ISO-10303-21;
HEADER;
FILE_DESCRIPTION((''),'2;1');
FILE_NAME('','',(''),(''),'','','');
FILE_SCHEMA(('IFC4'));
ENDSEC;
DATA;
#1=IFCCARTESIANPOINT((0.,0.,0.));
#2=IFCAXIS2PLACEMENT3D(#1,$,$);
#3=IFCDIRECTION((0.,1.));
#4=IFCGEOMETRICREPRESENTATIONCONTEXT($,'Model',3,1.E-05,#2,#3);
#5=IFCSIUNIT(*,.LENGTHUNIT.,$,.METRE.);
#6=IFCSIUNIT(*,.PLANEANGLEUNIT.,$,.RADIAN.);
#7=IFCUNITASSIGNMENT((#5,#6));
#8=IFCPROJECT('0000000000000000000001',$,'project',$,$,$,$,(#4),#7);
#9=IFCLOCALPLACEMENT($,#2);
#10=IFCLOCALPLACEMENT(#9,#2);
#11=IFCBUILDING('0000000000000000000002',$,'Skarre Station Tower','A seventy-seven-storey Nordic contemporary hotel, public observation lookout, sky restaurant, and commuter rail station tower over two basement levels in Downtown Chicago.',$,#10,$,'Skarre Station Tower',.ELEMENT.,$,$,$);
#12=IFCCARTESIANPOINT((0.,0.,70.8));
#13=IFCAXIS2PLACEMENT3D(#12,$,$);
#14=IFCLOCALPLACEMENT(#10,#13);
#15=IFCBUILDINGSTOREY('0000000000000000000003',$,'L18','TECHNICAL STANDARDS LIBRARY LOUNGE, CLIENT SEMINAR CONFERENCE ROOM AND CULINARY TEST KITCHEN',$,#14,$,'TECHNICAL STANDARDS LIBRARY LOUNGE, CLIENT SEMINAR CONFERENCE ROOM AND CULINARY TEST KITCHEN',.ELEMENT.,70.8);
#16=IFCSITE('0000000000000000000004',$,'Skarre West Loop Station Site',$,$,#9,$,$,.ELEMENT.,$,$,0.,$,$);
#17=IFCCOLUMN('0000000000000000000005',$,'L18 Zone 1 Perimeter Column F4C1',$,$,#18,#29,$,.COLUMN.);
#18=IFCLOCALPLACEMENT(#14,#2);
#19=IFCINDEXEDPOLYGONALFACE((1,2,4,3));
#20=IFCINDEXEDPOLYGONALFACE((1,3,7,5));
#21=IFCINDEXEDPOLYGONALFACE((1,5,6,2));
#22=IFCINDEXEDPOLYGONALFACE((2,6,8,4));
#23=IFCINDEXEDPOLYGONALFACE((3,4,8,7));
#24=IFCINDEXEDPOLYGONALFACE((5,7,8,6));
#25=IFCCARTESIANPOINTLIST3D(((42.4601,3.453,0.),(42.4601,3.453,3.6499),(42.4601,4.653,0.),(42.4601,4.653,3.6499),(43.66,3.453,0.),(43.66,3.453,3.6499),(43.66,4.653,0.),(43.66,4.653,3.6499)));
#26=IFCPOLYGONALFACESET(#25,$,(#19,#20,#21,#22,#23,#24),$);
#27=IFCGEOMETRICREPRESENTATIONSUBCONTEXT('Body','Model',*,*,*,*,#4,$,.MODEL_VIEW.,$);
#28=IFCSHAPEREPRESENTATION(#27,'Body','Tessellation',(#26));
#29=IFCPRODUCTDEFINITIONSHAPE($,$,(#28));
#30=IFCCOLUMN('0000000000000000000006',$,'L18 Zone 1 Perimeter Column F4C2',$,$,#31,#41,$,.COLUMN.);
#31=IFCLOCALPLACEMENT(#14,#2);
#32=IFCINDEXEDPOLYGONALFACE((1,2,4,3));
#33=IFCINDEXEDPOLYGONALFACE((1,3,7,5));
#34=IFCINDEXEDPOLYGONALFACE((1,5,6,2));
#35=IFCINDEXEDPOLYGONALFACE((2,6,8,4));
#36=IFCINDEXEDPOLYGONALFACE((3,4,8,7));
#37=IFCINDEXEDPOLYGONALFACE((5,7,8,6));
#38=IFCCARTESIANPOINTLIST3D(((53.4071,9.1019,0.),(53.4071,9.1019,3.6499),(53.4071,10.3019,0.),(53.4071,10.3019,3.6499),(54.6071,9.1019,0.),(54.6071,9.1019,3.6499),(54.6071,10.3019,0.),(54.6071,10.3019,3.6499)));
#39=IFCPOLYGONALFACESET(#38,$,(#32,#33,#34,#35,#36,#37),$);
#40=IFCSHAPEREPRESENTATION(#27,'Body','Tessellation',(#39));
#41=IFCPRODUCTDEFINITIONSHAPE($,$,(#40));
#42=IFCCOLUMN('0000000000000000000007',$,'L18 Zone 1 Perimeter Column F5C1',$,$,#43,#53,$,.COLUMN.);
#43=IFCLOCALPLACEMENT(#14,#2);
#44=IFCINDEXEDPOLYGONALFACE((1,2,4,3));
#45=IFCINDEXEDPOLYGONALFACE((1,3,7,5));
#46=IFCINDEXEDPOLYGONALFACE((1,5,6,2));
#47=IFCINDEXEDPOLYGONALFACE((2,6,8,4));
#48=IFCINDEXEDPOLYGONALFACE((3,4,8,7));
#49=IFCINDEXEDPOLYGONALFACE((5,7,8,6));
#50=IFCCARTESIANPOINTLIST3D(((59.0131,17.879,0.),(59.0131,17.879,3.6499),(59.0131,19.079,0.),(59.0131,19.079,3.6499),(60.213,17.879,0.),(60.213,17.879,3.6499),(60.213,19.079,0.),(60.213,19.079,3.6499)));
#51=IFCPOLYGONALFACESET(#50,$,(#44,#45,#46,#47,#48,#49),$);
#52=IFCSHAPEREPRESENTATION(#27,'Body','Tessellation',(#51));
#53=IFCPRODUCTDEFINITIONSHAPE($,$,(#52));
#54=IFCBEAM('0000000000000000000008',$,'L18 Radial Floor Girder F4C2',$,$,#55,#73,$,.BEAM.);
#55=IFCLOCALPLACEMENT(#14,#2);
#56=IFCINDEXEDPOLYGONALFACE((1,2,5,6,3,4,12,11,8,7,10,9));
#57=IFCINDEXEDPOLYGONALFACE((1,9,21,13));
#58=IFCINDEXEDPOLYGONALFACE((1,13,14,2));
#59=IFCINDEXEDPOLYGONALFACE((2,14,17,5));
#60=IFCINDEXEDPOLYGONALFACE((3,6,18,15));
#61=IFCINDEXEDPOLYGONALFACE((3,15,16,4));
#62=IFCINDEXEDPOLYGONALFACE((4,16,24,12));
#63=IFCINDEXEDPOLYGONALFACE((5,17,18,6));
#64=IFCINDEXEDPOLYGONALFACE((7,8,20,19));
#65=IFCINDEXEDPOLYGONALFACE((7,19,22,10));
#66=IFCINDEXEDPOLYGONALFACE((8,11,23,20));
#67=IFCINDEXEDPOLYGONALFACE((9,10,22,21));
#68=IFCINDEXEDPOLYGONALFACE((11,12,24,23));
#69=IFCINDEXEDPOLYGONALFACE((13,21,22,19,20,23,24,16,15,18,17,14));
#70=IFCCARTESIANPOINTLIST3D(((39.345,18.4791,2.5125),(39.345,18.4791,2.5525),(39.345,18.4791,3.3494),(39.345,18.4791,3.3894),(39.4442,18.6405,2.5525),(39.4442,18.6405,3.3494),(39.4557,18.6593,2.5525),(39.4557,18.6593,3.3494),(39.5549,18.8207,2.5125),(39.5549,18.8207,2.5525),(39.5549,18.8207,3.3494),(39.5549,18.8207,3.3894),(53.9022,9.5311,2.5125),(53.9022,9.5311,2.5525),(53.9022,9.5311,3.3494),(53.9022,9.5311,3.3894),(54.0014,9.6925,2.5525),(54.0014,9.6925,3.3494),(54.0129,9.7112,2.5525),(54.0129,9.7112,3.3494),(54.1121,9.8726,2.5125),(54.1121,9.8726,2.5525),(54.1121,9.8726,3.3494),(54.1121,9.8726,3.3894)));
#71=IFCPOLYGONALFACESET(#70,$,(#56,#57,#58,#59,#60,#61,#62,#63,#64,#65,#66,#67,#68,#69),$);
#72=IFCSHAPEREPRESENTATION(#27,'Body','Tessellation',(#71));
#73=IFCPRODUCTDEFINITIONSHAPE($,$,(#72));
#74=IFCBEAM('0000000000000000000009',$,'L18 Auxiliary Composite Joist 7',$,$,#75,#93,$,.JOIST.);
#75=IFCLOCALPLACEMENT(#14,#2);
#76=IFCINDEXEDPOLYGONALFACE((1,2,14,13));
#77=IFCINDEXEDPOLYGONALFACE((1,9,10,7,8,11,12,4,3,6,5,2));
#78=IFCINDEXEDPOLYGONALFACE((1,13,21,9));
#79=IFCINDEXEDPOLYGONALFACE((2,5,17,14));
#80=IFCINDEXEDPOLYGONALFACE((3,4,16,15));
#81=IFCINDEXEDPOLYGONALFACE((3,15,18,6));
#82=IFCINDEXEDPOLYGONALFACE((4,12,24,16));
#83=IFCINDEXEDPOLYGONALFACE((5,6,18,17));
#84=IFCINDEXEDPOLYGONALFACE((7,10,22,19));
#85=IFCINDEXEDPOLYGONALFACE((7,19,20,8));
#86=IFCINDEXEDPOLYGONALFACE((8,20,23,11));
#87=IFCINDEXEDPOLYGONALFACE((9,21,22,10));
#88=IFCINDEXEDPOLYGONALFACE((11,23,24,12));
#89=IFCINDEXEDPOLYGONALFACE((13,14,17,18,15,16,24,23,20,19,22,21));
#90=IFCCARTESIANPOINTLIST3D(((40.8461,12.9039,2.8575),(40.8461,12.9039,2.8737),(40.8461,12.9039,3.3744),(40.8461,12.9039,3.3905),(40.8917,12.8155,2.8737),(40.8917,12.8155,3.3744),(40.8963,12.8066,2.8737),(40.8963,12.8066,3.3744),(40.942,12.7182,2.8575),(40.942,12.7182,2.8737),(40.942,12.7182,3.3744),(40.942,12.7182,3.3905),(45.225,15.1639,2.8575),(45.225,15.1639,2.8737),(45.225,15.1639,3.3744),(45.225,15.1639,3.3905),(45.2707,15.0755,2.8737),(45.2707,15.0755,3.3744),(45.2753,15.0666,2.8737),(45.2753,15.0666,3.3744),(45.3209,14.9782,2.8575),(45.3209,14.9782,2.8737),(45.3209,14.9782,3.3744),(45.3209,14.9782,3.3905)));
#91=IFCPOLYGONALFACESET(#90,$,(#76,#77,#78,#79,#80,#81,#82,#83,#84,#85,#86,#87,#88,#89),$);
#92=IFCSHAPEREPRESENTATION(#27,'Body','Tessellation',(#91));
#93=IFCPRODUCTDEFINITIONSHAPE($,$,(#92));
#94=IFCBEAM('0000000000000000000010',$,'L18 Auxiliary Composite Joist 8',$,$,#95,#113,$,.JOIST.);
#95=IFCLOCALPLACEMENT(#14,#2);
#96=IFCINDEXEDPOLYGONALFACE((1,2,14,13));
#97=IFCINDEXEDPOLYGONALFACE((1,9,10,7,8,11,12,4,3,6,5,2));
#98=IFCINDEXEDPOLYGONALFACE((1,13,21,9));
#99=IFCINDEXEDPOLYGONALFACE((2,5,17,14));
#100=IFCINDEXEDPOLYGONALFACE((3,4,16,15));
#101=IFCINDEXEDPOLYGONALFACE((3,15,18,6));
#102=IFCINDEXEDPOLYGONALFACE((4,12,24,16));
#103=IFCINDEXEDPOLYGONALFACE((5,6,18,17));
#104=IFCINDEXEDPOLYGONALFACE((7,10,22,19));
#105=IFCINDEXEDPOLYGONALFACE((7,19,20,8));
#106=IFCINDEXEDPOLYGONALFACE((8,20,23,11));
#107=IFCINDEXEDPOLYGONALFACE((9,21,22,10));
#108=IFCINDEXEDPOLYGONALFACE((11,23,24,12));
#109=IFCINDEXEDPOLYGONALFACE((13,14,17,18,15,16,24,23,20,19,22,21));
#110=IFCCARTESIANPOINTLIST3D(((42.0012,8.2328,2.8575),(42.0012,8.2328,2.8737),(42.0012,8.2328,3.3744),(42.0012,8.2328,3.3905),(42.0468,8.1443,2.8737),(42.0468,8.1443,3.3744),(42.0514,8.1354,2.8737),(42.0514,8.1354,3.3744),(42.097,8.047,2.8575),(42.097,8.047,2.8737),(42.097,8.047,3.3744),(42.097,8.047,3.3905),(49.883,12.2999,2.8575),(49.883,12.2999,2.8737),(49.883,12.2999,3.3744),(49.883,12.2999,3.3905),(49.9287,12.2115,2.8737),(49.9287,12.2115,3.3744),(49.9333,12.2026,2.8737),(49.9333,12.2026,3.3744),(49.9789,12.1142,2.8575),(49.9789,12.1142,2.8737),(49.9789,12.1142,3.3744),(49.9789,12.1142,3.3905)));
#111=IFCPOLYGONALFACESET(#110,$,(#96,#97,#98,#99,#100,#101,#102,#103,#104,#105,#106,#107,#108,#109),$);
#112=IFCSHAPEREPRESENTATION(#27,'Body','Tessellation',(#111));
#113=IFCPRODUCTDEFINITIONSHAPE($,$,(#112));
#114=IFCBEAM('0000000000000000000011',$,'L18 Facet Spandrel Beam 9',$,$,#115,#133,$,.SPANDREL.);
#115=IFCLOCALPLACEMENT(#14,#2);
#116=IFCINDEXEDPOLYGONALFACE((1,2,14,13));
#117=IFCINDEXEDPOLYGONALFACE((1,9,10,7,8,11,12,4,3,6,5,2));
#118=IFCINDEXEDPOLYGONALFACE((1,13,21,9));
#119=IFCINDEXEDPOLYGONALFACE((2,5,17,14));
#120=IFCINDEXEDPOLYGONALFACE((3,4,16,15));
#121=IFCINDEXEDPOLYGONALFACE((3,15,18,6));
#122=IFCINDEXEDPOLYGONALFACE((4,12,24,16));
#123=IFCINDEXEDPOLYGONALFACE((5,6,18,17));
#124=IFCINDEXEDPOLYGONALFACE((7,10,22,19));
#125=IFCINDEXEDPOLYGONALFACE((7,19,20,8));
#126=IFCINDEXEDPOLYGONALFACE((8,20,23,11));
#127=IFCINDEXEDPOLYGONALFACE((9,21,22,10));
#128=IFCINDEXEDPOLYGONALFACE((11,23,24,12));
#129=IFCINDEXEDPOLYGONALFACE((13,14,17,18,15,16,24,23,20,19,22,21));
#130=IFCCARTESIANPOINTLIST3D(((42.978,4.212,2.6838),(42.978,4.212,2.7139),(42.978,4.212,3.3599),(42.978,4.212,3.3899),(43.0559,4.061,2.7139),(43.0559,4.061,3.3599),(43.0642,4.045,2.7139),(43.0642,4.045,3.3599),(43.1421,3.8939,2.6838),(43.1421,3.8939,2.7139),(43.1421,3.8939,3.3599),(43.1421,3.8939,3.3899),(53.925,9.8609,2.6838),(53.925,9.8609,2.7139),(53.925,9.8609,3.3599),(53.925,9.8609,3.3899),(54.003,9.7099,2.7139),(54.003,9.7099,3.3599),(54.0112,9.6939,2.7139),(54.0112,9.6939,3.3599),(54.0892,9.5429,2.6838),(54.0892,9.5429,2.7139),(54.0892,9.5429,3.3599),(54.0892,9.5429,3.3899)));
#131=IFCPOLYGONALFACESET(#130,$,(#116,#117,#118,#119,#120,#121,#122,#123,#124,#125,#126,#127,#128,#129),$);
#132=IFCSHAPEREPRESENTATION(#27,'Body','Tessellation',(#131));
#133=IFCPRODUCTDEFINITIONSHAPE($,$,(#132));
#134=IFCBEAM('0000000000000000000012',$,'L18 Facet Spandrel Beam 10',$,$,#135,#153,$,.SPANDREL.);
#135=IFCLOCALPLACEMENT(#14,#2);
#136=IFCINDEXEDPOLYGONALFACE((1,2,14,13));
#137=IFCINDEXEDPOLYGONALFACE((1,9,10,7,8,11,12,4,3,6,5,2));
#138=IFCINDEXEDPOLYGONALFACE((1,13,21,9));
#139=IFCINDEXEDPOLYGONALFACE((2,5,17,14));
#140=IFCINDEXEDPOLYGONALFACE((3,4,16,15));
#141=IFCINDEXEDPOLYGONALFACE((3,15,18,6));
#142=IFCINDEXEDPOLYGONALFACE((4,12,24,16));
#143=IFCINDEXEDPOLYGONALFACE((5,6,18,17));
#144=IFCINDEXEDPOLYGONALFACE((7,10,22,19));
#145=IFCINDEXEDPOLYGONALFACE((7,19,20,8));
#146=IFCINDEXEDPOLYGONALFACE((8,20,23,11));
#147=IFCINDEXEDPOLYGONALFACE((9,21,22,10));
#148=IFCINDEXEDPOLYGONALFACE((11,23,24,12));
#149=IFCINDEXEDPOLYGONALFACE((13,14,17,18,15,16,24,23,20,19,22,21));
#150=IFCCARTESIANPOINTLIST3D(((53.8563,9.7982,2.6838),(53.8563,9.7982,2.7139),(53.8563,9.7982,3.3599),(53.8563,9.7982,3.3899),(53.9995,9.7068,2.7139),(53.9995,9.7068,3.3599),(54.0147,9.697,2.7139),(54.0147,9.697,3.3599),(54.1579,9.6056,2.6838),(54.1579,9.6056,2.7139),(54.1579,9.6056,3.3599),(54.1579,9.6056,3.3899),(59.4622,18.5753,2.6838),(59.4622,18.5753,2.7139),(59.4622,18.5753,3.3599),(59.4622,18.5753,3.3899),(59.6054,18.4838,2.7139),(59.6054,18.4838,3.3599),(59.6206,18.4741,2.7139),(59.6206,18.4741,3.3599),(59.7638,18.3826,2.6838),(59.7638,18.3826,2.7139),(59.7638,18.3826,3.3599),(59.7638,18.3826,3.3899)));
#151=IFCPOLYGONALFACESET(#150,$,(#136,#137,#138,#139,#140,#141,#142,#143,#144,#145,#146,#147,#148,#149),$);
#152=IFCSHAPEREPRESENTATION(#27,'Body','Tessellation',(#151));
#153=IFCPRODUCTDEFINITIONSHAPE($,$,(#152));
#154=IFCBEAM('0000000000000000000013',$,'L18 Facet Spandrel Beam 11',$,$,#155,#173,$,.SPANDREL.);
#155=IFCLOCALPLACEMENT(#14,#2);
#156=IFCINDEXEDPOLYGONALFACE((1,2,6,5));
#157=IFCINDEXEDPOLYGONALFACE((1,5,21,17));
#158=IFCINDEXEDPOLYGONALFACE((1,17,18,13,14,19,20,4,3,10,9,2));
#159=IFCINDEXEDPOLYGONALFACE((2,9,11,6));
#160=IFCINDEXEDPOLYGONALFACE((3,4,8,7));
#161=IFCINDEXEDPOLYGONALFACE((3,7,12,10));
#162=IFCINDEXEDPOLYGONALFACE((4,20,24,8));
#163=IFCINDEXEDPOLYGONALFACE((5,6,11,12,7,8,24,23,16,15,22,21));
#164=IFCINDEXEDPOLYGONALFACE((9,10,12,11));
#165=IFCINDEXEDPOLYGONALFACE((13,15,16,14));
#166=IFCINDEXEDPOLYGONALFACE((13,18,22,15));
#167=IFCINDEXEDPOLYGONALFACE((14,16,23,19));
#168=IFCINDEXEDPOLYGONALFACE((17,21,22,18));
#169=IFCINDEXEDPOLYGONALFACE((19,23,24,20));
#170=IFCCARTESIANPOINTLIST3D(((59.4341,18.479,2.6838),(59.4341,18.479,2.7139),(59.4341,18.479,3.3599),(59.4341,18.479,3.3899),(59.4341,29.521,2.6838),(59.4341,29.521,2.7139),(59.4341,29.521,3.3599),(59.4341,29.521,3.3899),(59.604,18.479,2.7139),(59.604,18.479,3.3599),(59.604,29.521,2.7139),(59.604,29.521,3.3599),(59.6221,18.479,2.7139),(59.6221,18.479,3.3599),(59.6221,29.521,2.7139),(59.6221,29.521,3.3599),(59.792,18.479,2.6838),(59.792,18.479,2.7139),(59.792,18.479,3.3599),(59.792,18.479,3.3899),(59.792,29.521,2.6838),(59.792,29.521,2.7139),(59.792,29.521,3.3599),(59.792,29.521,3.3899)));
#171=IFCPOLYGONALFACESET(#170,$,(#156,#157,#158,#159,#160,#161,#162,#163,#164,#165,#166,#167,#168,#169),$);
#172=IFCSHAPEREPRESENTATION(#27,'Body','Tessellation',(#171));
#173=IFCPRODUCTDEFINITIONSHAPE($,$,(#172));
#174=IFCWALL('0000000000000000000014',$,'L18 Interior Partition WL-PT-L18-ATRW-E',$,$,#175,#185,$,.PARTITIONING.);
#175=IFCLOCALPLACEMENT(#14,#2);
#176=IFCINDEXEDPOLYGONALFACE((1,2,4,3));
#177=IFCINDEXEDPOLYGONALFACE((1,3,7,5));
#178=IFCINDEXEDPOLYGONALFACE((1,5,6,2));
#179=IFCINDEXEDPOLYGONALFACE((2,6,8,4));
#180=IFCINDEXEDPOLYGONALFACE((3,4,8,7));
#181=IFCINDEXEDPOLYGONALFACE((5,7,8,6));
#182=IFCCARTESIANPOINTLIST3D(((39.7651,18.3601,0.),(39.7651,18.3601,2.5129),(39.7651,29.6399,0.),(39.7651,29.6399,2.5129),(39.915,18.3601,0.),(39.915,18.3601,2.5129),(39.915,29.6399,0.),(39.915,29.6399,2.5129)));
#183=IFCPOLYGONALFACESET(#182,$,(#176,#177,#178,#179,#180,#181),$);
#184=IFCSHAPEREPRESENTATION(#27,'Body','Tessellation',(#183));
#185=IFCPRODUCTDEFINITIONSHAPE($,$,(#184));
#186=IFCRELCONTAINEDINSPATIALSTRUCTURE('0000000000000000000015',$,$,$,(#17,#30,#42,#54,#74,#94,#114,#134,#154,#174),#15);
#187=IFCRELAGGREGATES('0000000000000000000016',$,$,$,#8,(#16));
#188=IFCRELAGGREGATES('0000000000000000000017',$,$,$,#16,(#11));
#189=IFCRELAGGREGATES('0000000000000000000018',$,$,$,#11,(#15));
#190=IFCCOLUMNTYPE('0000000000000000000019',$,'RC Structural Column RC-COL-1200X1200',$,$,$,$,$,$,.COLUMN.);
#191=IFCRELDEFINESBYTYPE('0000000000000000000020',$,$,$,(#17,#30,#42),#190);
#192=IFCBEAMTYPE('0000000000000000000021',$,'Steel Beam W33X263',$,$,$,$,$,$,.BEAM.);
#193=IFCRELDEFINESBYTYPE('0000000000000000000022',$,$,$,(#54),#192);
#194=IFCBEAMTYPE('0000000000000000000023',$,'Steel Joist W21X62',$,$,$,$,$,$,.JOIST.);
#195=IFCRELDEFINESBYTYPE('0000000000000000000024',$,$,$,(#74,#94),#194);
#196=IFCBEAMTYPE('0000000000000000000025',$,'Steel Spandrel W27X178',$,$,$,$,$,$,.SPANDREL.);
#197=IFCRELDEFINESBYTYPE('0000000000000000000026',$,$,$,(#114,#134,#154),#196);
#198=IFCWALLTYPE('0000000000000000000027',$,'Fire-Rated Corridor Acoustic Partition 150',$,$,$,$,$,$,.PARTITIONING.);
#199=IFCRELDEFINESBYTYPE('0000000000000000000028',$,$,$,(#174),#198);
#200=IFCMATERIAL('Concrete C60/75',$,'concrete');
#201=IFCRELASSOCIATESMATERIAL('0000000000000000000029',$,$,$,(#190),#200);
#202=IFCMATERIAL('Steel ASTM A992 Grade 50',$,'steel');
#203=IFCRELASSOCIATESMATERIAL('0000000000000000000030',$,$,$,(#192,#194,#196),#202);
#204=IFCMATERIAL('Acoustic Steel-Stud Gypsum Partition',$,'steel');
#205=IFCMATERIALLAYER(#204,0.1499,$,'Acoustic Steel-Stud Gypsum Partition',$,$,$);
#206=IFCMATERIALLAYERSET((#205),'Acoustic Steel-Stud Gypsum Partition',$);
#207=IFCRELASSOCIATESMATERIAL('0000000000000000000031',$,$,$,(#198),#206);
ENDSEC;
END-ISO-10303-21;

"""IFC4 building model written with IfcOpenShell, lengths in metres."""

from ifc_helpers import new_model, si_unit, direction, frame, frame_2d, origin, origin_2d, place, context, subcontext, project, spatial, rectangle, i_section, extrude, material, layer, layer_set, material_profile, profile_set, type_object, element, save


model = new_model("IFC4")

# Units and contexts
model_context = context("Model", 3, precision=1e-05, world=origin(), true_north=direction((0.0, 1.0)))
body_context = subcontext(model_context, "Body", "Model", "MODEL_VIEW")
ifc_project = project(units=[si_unit("LENGTHUNIT", "METRE"), si_unit("PLANEANGLEUNIT", "RADIAN")], contexts=[model_context])

# Site, building, storey
site_placement = place(None, origin())
site = spatial("IfcSite", under=ifc_project, at=site_placement, Name="Skarre West Loop Station Site", CompositionType="ELEMENT", RefElevation=0.0)
building_placement = place(site_placement, origin())
building = spatial("IfcBuilding", under=site, at=building_placement, Name="Skarre Station Tower", Description="A seventy-seven-storey Nordic contemporary hotel, public observation lookout, sky restaurant, and commuter rail station tower over two basement levels in Downtown Chicago.", LongName="Skarre Station Tower", CompositionType="ELEMENT")
storey_placement = place(building_placement, frame((0.0, 0.0, 70.8)))
storey = spatial("IfcBuildingStorey", under=building, at=storey_placement, Name="L18", Description="TECHNICAL STANDARDS LIBRARY LOUNGE, CLIENT SEMINAR CONFERENCE ROOM AND CULINARY TEST KITCHEN", LongName="TECHNICAL STANDARDS LIBRARY LOUNGE, CLIENT SEMINAR CONFERENCE ROOM AND CULINARY TEST KITCHEN", CompositionType="ELEMENT", Elevation=70.8)

# Columns
ifc_material_1 = material(Name="Concrete C60/75", Category="concrete")
ifc_material_profile_1 = material_profile(ifc_material_1, rectangle(XDim=1.2, YDim=1.2, at=origin_2d()), Name="Concrete C60/75")
ifc_profile_set_1 = profile_set([ifc_material_profile_1], Name="Concrete C60/75")
column_type = type_object("IfcColumnType", Name="RC Structural Column RC-COL-1200X1200", PredefinedType="COLUMN", material=ifc_profile_set_1)
for number, where, z_axis, x_axis, name in (
    (1, (43.0601, 4.053, 0.0), (0.0, 0.0, 1.0), (1.0, 0.0, 0.0), "L18 Zone 1 Perimeter Column F4C1"),
    (2, (54.0071, 9.7019, 0.0), (0.0, 0.0, 1.0), (1.0, 0.0, 0.0), "L18 Zone 1 Perimeter Column F4C2"),
    (3, (59.613, 18.479, 0.0), (0.0, 0.0, 1.0), (1.0, 0.0, 0.0), "L18 Zone 1 Perimeter Column F5C1"),
):
    element("IfcColumn", number, at=place(storey_placement, frame(where, z_axis=z_axis, x_axis=x_axis)), inside=storey, type_object=column_type, Name=name, PredefinedType="COLUMN", context=body_context, shape_type="SweptSolid", body=[
        extrude(rectangle(XDim=1.2, YDim=1.2, at=origin_2d()), origin(), (0.0, 0.0, 1.0), 3.6499),
    ])

# Beams
ifc_material_2 = material(Name="Steel ASTM A992 Grade 50", Category="steel")
ifc_material_profile_2 = material_profile(ifc_material_2, i_section(OverallWidth=0.4009, OverallDepth=0.877, WebThickness=0.022, FlangeThickness=0.04, at=origin_2d()), Name="Steel ASTM A992 Grade 50")
ifc_profile_set_2 = profile_set([ifc_material_profile_2], Name="Steel ASTM A992 Grade 50")
beam_type_1 = type_object("IfcBeamType", Name="Steel Beam W33X263", PredefinedType="BEAM", material=ifc_profile_set_2)
beam_1_placement = place(storey_placement, frame((39.45, 18.6499, 2.9509), z_axis=(0.851926, -0.523663, 0.0), x_axis=(0.523663, 0.851926, 0.0)))
element("IfcBeam", 4, at=beam_1_placement, inside=storey, type_object=beam_type_1, Name="L18 Radial Floor Girder F4C2", PredefinedType="BEAM", context=body_context, shape_type="SweptSolid", body=[
    extrude(i_section(OverallWidth=0.4009, OverallDepth=0.877, WebThickness=0.022, FlangeThickness=0.04, at=origin_2d()), origin(), (0.0, 0.0, 1.0), 17.0874),
])
ifc_material_profile_3 = material_profile(ifc_material_2, i_section(OverallWidth=0.209, OverallDepth=0.533, WebThickness=0.01, FlangeThickness=0.0161, at=origin_2d()), Name="Steel ASTM A992 Grade 50")
ifc_profile_set_3 = profile_set([ifc_material_profile_3], Name="Steel ASTM A992 Grade 50")
beam_type_2 = type_object("IfcBeamType", Name="Steel Joist W21X62", PredefinedType="JOIST", material=ifc_profile_set_3)
beam_2_placement = place(storey_placement, frame((40.894, 12.811, 3.124), z_axis=(0.888627, 0.458632, 0.0), x_axis=(-0.458632, 0.888627, 0.0)))
element("IfcBeam", 5, at=beam_2_placement, inside=storey, type_object=beam_type_2, Name="L18 Auxiliary Composite Joist 7", PredefinedType="JOIST", context=body_context, shape_type="SweptSolid", body=[
    extrude(i_section(OverallWidth=0.209, OverallDepth=0.533, WebThickness=0.01, FlangeThickness=0.0161, at=origin_2d()), origin(), (0.0, 0.0, 1.0), 4.9277),
])
beam_3_placement = place(storey_placement, frame((42.0491, 8.1399, 3.124), z_axis=(0.888662, 0.458562, 0.0), x_axis=(-0.458562, 0.888662, 0.0)))
element("IfcBeam", 6, at=beam_3_placement, inside=storey, type_object=beam_type_2, Name="L18 Auxiliary Composite Joist 8", PredefinedType="JOIST", context=body_context, shape_type="SweptSolid", body=[
    extrude(i_section(OverallWidth=0.209, OverallDepth=0.533, WebThickness=0.01, FlangeThickness=0.0161, at=origin_2d()), origin(), (0.0, 0.0, 1.0), 8.8694),
])
ifc_material_profile_4 = material_profile(ifc_material_2, i_section(OverallWidth=0.3579, OverallDepth=0.7061, WebThickness=0.0181, FlangeThickness=0.03, at=origin_2d()), Name="Steel ASTM A992 Grade 50")
ifc_profile_set_4 = profile_set([ifc_material_profile_4], Name="Steel ASTM A992 Grade 50")
beam_type_3 = type_object("IfcBeamType", Name="Steel Spandrel W27X178", PredefinedType="SPANDREL", material=ifc_profile_set_4)
beam_4_placement = place(storey_placement, frame((43.0601, 4.053, 3.0369), z_axis=(0.888659, 0.458569, 0.0), x_axis=(-0.458569, 0.888659, 0.0)))
element("IfcBeam", 7, at=beam_4_placement, inside=storey, type_object=beam_type_3, Name="L18 Facet Spandrel Beam 9", PredefinedType="SPANDREL", context=body_context, shape_type="SweptSolid", body=[
    extrude(i_section(OverallWidth=0.3579, OverallDepth=0.7061, WebThickness=0.0181, FlangeThickness=0.03, at=origin_2d()), origin(), (0.0, 0.0, 1.0), 12.3186),
])
beam_5_placement = place(storey_placement, frame((54.0071, 9.7019, 3.0369), z_axis=(0.538278, 0.842767, 0.0), x_axis=(-0.842767, 0.538278, 0.0)))
element("IfcBeam", 8, at=beam_5_placement, inside=storey, type_object=beam_type_3, Name="L18 Facet Spandrel Beam 10", PredefinedType="SPANDREL", context=body_context, shape_type="SweptSolid", body=[
    extrude(i_section(OverallWidth=0.3579, OverallDepth=0.7061, WebThickness=0.0181, FlangeThickness=0.03, at=origin_2d()), origin(), (0.0, 0.0, 1.0), 10.4146),
])
beam_6_placement = place(storey_placement, frame((59.613, 18.479, 3.0369), z_axis=(0.0, 1.0, 0.0), x_axis=(-1.0, 0.0, 0.0)))
element("IfcBeam", 9, at=beam_6_placement, inside=storey, type_object=beam_type_3, Name="L18 Facet Spandrel Beam 11", PredefinedType="SPANDREL", context=body_context, shape_type="SweptSolid", body=[
    extrude(i_section(OverallWidth=0.3579, OverallDepth=0.7061, WebThickness=0.0181, FlangeThickness=0.03, at=origin_2d()), origin(), (0.0, 0.0, 1.0), 11.042),
])

# Wall
ifc_material_3 = material(Name="Acoustic Steel-Stud Gypsum Partition", Category="steel")
ifc_layer_1 = layer(ifc_material_3, 0.1499, Name="Acoustic Steel-Stud Gypsum Partition")
ifc_layer_set_1 = layer_set([ifc_layer_1], Name="Acoustic Steel-Stud Gypsum Partition")
wall_type_1 = type_object("IfcWallType", Name="Fire-Rated Corridor Acoustic Partition 150", PredefinedType="PARTITIONING", material=ifc_layer_set_1)
wall_1_placement = place(storey_placement, frame((39.8401, 18.3601, 0.0), z_axis=(0.0, 0.0, 1.0), x_axis=(0.0, 1.0, 0.0)))
element("IfcWall", 10, at=wall_1_placement, inside=storey, type_object=wall_type_1, Name="L18 Interior Partition WL-PT-L18-ATRW-E", PredefinedType="PARTITIONING", context=body_context, shape_type="SweptSolid", body=[
    extrude(rectangle(XDim=11.2798, YDim=0.1499, at=frame_2d((5.6399, 0.0))), origin(), (0.0, 0.0, 1.0), 2.5129),
])

save(model, "model.ifc")
